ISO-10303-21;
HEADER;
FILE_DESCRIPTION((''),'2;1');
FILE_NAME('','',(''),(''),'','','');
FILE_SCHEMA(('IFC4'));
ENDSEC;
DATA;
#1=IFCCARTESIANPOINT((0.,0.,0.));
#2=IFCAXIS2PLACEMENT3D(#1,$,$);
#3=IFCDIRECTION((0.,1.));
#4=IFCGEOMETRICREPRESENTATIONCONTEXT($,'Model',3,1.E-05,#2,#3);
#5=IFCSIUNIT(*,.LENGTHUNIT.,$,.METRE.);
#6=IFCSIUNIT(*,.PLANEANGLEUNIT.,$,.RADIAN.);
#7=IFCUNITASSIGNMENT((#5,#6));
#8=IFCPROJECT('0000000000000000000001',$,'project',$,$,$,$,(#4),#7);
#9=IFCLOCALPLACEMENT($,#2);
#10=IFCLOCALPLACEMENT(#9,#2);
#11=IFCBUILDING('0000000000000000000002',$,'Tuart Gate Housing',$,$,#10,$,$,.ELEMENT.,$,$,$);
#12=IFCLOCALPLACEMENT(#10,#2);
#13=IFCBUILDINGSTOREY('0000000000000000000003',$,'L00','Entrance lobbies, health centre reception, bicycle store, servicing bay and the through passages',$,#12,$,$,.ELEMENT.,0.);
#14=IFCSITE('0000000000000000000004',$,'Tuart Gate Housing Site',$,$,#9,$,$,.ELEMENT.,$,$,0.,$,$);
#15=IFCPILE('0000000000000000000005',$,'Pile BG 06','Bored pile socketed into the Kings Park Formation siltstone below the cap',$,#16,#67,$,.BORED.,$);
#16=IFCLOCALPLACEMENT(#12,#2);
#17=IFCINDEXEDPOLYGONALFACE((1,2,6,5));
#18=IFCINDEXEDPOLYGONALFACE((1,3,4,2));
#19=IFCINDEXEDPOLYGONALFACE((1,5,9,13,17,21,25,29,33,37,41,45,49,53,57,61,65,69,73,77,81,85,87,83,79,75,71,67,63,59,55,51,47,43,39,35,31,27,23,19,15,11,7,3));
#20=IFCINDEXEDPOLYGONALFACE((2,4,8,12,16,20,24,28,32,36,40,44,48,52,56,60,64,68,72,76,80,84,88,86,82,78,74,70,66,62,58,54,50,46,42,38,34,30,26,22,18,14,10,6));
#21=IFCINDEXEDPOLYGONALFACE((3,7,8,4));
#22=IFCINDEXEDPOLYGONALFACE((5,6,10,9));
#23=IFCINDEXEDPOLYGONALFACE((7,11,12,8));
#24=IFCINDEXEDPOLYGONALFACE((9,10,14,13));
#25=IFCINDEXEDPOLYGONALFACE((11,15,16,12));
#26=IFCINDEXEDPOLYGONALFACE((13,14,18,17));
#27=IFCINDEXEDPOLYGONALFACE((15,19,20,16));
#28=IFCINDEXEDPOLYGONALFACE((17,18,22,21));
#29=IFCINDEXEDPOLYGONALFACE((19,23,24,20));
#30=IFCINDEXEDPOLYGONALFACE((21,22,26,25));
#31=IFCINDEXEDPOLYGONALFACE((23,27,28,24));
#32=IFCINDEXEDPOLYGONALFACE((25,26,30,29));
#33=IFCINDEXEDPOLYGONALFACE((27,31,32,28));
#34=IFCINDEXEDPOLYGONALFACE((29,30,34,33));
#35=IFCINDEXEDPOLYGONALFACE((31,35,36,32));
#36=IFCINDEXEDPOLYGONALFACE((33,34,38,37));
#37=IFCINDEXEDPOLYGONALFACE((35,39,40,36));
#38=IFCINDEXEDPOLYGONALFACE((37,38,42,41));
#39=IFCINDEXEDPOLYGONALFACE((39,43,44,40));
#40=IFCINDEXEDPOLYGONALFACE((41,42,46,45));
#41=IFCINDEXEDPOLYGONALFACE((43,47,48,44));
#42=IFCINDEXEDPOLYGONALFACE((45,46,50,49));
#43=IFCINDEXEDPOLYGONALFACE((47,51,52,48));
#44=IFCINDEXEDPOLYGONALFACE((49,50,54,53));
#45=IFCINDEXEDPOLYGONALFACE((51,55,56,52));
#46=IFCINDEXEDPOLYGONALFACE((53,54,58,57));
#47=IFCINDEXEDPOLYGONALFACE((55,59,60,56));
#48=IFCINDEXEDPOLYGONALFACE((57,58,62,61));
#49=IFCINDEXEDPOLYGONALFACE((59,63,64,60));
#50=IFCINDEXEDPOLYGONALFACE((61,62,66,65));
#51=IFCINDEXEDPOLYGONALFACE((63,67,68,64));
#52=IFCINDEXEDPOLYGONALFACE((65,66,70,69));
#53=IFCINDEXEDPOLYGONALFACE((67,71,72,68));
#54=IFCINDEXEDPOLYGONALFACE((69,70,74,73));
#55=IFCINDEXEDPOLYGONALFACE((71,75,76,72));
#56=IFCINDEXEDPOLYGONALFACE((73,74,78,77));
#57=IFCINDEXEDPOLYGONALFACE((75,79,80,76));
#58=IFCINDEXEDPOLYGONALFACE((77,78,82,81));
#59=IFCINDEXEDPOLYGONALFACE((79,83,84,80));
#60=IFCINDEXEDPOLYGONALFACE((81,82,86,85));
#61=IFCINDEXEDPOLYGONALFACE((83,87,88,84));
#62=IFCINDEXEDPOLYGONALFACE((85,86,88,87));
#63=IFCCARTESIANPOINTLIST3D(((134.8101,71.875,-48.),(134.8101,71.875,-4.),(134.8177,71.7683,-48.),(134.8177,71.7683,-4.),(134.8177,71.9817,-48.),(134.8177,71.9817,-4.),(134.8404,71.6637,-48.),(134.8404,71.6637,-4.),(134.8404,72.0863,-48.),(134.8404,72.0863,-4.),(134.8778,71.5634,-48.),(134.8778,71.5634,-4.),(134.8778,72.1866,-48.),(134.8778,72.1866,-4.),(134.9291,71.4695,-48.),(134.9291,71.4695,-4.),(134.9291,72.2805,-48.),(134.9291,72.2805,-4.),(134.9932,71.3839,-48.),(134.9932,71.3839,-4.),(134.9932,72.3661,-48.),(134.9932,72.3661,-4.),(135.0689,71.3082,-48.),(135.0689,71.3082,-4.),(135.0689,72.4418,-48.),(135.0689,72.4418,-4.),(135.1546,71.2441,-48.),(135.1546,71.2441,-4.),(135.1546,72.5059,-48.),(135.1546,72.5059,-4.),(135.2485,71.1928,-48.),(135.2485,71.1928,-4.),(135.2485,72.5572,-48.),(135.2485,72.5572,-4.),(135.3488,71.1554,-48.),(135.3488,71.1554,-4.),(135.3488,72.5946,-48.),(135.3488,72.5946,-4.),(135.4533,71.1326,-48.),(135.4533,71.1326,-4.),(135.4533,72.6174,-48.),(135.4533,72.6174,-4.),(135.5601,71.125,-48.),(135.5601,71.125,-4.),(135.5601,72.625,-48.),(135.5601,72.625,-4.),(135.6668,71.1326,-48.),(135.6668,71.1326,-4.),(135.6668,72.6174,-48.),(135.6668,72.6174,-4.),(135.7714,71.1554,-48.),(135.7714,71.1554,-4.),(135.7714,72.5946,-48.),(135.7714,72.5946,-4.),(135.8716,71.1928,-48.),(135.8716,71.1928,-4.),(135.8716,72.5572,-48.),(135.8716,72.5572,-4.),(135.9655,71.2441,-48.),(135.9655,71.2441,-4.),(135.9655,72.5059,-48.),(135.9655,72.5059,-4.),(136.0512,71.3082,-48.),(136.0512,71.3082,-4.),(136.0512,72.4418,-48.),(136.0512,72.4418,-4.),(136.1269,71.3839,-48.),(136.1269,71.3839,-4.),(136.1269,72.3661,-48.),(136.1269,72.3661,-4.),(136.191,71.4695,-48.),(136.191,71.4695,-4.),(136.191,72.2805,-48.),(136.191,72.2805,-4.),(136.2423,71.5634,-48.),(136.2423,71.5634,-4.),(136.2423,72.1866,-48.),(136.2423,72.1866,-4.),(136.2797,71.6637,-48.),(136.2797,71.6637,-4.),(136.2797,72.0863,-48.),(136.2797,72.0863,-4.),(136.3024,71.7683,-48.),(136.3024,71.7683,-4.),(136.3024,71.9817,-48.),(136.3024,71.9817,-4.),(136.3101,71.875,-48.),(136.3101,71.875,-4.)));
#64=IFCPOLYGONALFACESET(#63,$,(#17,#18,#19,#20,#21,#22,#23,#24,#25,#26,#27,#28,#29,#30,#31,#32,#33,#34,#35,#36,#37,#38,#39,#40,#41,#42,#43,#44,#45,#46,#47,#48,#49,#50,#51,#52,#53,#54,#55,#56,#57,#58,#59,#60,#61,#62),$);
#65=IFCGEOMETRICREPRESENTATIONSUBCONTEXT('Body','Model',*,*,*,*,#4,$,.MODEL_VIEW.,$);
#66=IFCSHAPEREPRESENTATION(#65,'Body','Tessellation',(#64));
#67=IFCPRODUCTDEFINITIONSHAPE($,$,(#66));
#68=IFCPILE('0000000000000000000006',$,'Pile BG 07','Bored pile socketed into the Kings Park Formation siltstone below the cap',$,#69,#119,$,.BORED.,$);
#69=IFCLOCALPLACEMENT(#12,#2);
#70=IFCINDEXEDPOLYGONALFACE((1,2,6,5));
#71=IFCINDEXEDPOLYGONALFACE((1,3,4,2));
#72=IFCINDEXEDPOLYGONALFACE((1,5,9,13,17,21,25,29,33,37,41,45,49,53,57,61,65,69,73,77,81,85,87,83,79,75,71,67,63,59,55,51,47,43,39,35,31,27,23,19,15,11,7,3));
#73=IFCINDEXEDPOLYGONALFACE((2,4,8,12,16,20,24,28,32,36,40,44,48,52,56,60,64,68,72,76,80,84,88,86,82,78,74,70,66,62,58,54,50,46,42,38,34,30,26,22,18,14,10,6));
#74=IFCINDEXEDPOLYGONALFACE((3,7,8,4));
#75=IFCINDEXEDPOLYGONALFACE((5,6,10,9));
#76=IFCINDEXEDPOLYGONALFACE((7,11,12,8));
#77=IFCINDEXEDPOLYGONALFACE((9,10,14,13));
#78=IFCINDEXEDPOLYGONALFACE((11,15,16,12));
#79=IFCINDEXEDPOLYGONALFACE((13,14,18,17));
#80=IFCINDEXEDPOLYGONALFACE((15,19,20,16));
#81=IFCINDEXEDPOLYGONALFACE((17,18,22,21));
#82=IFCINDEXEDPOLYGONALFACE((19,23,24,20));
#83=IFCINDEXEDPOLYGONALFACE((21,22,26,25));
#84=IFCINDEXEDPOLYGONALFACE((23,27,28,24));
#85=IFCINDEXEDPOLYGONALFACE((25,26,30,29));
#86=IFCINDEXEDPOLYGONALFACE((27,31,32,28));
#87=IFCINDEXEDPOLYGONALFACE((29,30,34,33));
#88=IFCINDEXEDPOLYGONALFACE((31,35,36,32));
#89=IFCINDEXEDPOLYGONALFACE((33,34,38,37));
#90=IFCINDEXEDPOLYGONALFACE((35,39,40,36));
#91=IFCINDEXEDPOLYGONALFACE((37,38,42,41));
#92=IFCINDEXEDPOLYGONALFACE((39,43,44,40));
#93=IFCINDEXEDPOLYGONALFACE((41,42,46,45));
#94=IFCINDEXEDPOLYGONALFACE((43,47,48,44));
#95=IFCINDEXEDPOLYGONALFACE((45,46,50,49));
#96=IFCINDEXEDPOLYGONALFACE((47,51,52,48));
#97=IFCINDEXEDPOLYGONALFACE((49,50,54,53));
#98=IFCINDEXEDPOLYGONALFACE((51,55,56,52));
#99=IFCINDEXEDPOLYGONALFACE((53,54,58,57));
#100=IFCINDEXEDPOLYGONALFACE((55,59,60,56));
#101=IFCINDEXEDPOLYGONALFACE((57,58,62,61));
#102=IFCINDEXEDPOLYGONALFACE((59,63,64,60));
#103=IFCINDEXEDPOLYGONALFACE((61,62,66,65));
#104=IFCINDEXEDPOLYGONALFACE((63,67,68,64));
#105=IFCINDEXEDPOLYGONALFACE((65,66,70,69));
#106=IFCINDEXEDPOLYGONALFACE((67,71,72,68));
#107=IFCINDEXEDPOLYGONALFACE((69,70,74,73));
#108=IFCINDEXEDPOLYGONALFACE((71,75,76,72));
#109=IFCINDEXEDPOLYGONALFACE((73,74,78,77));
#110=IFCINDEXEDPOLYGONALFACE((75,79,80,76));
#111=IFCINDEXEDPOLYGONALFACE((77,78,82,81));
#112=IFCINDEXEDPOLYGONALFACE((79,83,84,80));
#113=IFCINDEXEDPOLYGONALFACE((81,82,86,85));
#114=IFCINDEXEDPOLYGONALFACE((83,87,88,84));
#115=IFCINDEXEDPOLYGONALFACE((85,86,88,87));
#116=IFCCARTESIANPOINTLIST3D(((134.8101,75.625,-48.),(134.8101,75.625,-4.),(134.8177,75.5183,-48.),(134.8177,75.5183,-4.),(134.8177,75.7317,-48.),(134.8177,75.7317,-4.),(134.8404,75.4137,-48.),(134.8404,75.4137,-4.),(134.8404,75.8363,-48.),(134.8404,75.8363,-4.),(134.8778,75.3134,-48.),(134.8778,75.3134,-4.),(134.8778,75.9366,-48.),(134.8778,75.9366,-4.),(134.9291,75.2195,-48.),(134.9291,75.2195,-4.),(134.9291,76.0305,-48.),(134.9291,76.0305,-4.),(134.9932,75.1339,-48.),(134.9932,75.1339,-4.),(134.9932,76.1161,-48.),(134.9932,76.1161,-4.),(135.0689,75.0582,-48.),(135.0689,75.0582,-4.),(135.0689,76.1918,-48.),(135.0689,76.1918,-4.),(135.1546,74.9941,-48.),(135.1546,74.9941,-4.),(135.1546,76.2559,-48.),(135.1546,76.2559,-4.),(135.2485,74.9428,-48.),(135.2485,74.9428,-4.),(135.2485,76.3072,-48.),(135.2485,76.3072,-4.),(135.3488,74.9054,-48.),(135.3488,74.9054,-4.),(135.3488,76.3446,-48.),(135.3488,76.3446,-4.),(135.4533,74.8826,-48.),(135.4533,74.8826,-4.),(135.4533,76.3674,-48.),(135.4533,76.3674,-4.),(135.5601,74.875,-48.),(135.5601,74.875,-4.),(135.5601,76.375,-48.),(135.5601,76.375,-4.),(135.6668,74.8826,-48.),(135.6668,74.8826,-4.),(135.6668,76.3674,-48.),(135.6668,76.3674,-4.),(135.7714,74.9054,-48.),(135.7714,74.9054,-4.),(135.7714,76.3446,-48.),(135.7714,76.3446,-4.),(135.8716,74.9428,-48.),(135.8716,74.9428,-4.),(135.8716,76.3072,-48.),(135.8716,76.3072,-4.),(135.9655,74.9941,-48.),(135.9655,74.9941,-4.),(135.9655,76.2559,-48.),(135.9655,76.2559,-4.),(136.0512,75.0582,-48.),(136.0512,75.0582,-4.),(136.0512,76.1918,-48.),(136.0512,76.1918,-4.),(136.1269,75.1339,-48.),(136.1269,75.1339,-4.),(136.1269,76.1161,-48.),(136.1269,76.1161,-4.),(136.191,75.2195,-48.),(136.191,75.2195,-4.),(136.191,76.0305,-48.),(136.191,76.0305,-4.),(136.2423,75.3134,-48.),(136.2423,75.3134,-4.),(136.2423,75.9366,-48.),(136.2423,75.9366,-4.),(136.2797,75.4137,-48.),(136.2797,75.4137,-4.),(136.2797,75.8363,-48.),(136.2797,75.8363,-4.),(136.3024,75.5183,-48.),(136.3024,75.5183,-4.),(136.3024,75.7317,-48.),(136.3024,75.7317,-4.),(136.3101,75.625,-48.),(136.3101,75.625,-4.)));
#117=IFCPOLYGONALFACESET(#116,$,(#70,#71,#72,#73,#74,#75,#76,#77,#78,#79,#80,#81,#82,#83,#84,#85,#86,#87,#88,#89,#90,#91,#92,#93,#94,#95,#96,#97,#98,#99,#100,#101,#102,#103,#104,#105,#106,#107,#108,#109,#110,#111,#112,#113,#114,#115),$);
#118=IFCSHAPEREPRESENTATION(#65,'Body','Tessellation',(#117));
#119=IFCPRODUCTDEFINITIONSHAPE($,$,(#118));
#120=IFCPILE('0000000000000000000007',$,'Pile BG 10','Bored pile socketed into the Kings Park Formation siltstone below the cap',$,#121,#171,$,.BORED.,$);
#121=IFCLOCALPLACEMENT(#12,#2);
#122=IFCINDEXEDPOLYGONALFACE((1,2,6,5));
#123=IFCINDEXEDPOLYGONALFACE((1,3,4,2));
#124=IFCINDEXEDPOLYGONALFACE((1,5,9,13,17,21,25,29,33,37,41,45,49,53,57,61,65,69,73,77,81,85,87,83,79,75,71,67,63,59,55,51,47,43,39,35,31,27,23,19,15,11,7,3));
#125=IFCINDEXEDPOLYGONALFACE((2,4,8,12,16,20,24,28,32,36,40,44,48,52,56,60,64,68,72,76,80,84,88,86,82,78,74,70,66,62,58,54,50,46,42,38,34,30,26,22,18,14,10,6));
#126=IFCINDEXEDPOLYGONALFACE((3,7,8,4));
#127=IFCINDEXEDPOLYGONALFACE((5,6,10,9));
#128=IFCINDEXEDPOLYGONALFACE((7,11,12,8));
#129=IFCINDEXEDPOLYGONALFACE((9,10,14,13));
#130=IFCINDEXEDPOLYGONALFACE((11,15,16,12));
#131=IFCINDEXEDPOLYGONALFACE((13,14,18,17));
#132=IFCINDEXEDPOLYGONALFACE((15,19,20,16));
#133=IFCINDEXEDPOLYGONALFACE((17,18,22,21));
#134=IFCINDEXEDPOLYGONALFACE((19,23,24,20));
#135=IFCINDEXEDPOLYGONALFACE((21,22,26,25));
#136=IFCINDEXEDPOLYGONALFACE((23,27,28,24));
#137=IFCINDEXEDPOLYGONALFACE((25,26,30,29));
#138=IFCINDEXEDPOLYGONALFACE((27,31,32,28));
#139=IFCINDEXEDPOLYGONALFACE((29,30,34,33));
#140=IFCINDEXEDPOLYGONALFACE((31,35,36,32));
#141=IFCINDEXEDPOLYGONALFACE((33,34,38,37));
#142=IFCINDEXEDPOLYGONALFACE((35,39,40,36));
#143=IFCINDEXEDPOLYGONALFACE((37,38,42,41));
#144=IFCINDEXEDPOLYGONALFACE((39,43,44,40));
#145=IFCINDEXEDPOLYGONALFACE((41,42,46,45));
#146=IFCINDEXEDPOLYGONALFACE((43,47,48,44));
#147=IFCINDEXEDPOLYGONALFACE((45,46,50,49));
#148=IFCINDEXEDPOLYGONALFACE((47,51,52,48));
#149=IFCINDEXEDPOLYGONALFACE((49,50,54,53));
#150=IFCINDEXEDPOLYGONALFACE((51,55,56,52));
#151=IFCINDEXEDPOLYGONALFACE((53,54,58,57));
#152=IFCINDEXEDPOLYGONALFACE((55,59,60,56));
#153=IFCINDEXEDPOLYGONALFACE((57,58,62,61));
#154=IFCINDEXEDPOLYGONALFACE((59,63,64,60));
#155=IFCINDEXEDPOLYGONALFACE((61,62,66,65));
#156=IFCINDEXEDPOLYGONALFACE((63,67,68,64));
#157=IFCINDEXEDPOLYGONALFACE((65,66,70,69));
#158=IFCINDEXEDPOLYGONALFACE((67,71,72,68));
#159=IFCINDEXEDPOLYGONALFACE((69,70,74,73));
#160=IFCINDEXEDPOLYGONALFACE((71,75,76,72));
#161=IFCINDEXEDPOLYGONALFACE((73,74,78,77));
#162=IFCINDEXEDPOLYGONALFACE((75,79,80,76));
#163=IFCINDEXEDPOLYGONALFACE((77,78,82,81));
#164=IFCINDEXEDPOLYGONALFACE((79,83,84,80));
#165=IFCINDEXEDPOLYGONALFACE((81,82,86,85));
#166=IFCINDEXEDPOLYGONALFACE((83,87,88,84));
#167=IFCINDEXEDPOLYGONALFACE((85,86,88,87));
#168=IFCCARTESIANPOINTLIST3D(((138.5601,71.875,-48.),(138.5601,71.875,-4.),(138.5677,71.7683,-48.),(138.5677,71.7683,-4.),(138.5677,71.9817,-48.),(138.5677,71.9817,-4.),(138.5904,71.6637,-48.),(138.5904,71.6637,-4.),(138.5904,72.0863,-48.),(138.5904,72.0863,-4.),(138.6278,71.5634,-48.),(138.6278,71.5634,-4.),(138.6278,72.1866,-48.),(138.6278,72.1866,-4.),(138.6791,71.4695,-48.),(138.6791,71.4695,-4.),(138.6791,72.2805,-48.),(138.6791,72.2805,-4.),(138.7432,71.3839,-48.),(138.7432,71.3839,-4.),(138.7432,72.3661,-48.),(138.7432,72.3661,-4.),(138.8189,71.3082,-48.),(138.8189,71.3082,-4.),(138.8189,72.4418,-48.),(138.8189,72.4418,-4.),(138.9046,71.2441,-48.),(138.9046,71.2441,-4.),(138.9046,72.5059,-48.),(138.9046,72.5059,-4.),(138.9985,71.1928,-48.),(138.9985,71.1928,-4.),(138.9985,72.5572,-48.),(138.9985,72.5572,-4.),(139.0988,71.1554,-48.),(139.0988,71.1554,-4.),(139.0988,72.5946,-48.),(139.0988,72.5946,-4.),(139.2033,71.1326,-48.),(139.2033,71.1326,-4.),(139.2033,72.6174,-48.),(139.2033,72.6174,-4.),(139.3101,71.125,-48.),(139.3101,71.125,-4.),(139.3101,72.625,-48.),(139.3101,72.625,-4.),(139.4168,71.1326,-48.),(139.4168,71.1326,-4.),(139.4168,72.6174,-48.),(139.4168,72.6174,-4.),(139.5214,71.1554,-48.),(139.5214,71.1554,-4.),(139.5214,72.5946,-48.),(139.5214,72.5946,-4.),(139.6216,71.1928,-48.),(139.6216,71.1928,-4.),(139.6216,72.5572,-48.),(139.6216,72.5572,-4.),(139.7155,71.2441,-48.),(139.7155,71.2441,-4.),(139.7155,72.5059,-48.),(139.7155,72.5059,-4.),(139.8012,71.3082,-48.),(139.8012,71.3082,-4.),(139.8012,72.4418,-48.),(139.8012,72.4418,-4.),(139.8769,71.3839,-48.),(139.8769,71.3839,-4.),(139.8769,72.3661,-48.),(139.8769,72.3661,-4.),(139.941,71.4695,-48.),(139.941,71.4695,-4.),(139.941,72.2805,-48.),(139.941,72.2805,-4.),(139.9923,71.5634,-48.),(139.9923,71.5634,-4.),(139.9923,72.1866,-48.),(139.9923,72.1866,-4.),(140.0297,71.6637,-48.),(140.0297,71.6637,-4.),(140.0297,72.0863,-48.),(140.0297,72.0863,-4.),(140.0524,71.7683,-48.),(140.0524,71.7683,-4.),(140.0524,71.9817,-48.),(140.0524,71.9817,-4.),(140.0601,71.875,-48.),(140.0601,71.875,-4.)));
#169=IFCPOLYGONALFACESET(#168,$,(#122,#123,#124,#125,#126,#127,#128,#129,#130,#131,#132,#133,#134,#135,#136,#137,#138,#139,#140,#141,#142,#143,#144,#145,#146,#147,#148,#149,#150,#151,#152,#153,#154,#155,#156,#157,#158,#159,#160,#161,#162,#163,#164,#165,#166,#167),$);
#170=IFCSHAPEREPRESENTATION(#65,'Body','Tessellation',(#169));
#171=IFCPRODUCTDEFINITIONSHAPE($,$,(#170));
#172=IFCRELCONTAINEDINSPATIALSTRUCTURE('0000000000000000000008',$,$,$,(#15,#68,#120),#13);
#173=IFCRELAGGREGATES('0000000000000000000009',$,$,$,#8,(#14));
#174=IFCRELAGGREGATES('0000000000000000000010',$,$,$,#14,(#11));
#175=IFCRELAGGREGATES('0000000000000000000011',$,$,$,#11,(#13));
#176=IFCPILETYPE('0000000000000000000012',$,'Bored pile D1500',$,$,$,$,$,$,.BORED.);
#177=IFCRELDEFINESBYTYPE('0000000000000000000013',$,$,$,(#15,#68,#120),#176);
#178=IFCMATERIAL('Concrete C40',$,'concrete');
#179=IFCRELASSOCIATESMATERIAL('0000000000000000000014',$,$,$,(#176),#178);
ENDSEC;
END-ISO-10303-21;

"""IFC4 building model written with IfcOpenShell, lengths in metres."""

from ifc_helpers import new_model, si_unit, direction, frame, origin, origin_2d, place, context, subcontext, project, spatial, circle, extrude, material, material_profile, profile_set, type_object, element, save


model = new_model("IFC4")

# Units and contexts
model_context = context("Model", 3, precision=1e-05, world=origin(), true_north=direction((0.0, 1.0)))
body_context = subcontext(model_context, "Body", "Model", "MODEL_VIEW")
ifc_project = project(units=[si_unit("LENGTHUNIT", "METRE"), si_unit("PLANEANGLEUNIT", "RADIAN")], contexts=[model_context])

# Site, building, storey
site_placement = place(None, origin())
site = spatial("IfcSite", under=ifc_project, at=site_placement, Name="Tuart Gate Housing Site", CompositionType="ELEMENT", RefElevation=0.0)
building_placement = place(site_placement, origin())
building = spatial("IfcBuilding", under=site, at=building_placement, Name="Tuart Gate Housing", CompositionType="ELEMENT")
storey_placement = place(building_placement, origin())
storey = spatial("IfcBuildingStorey", under=building, at=storey_placement, Name="L00", Description="Entrance lobbies, health centre reception, bicycle store, servicing bay and the through passages", CompositionType="ELEMENT", Elevation=0.0)

# Piles
ifc_material_1 = material(Name="Concrete C40", Category="concrete")
ifc_material_profile_1 = material_profile(ifc_material_1, circle(Radius=0.75, at=origin_2d()), Name="Bored pile D1500")
ifc_profile_set_1 = profile_set([ifc_material_profile_1], Name="Concrete C40")
pile_type_1 = type_object("IfcPileType", Name="Bored pile D1500", PredefinedType="BORED", material=ifc_profile_set_1)
for number, where, z_axis, x_axis, name in (
    (1, (135.5601, 71.875, -4.0), (0.0, 0.0, -1.0), (1.0, 0.0, 0.0), "Pile BG 06"),
    (2, (135.5601, 75.625, -4.0), (0.0, 0.0, -1.0), (1.0, 0.0, 0.0), "Pile BG 07"),
    (3, (139.3101, 71.875, -4.0), (0.0, 0.0, -1.0), (1.0, 0.0, 0.0), "Pile BG 10"),
):
    element("IfcPile", number, at=place(storey_placement, frame(where, z_axis=z_axis, x_axis=x_axis)), inside=storey, type_object=pile_type_1, Name=name, Description="Bored pile socketed into the Kings Park Formation siltstone below the cap", PredefinedType="BORED", context=body_context, shape_type="SweptSolid", body=[
        extrude(circle(Radius=0.75, at=origin_2d()), origin(), (0.0, 0.0, 1.0), 44.0),
    ])

save(model, "model.ifc")
